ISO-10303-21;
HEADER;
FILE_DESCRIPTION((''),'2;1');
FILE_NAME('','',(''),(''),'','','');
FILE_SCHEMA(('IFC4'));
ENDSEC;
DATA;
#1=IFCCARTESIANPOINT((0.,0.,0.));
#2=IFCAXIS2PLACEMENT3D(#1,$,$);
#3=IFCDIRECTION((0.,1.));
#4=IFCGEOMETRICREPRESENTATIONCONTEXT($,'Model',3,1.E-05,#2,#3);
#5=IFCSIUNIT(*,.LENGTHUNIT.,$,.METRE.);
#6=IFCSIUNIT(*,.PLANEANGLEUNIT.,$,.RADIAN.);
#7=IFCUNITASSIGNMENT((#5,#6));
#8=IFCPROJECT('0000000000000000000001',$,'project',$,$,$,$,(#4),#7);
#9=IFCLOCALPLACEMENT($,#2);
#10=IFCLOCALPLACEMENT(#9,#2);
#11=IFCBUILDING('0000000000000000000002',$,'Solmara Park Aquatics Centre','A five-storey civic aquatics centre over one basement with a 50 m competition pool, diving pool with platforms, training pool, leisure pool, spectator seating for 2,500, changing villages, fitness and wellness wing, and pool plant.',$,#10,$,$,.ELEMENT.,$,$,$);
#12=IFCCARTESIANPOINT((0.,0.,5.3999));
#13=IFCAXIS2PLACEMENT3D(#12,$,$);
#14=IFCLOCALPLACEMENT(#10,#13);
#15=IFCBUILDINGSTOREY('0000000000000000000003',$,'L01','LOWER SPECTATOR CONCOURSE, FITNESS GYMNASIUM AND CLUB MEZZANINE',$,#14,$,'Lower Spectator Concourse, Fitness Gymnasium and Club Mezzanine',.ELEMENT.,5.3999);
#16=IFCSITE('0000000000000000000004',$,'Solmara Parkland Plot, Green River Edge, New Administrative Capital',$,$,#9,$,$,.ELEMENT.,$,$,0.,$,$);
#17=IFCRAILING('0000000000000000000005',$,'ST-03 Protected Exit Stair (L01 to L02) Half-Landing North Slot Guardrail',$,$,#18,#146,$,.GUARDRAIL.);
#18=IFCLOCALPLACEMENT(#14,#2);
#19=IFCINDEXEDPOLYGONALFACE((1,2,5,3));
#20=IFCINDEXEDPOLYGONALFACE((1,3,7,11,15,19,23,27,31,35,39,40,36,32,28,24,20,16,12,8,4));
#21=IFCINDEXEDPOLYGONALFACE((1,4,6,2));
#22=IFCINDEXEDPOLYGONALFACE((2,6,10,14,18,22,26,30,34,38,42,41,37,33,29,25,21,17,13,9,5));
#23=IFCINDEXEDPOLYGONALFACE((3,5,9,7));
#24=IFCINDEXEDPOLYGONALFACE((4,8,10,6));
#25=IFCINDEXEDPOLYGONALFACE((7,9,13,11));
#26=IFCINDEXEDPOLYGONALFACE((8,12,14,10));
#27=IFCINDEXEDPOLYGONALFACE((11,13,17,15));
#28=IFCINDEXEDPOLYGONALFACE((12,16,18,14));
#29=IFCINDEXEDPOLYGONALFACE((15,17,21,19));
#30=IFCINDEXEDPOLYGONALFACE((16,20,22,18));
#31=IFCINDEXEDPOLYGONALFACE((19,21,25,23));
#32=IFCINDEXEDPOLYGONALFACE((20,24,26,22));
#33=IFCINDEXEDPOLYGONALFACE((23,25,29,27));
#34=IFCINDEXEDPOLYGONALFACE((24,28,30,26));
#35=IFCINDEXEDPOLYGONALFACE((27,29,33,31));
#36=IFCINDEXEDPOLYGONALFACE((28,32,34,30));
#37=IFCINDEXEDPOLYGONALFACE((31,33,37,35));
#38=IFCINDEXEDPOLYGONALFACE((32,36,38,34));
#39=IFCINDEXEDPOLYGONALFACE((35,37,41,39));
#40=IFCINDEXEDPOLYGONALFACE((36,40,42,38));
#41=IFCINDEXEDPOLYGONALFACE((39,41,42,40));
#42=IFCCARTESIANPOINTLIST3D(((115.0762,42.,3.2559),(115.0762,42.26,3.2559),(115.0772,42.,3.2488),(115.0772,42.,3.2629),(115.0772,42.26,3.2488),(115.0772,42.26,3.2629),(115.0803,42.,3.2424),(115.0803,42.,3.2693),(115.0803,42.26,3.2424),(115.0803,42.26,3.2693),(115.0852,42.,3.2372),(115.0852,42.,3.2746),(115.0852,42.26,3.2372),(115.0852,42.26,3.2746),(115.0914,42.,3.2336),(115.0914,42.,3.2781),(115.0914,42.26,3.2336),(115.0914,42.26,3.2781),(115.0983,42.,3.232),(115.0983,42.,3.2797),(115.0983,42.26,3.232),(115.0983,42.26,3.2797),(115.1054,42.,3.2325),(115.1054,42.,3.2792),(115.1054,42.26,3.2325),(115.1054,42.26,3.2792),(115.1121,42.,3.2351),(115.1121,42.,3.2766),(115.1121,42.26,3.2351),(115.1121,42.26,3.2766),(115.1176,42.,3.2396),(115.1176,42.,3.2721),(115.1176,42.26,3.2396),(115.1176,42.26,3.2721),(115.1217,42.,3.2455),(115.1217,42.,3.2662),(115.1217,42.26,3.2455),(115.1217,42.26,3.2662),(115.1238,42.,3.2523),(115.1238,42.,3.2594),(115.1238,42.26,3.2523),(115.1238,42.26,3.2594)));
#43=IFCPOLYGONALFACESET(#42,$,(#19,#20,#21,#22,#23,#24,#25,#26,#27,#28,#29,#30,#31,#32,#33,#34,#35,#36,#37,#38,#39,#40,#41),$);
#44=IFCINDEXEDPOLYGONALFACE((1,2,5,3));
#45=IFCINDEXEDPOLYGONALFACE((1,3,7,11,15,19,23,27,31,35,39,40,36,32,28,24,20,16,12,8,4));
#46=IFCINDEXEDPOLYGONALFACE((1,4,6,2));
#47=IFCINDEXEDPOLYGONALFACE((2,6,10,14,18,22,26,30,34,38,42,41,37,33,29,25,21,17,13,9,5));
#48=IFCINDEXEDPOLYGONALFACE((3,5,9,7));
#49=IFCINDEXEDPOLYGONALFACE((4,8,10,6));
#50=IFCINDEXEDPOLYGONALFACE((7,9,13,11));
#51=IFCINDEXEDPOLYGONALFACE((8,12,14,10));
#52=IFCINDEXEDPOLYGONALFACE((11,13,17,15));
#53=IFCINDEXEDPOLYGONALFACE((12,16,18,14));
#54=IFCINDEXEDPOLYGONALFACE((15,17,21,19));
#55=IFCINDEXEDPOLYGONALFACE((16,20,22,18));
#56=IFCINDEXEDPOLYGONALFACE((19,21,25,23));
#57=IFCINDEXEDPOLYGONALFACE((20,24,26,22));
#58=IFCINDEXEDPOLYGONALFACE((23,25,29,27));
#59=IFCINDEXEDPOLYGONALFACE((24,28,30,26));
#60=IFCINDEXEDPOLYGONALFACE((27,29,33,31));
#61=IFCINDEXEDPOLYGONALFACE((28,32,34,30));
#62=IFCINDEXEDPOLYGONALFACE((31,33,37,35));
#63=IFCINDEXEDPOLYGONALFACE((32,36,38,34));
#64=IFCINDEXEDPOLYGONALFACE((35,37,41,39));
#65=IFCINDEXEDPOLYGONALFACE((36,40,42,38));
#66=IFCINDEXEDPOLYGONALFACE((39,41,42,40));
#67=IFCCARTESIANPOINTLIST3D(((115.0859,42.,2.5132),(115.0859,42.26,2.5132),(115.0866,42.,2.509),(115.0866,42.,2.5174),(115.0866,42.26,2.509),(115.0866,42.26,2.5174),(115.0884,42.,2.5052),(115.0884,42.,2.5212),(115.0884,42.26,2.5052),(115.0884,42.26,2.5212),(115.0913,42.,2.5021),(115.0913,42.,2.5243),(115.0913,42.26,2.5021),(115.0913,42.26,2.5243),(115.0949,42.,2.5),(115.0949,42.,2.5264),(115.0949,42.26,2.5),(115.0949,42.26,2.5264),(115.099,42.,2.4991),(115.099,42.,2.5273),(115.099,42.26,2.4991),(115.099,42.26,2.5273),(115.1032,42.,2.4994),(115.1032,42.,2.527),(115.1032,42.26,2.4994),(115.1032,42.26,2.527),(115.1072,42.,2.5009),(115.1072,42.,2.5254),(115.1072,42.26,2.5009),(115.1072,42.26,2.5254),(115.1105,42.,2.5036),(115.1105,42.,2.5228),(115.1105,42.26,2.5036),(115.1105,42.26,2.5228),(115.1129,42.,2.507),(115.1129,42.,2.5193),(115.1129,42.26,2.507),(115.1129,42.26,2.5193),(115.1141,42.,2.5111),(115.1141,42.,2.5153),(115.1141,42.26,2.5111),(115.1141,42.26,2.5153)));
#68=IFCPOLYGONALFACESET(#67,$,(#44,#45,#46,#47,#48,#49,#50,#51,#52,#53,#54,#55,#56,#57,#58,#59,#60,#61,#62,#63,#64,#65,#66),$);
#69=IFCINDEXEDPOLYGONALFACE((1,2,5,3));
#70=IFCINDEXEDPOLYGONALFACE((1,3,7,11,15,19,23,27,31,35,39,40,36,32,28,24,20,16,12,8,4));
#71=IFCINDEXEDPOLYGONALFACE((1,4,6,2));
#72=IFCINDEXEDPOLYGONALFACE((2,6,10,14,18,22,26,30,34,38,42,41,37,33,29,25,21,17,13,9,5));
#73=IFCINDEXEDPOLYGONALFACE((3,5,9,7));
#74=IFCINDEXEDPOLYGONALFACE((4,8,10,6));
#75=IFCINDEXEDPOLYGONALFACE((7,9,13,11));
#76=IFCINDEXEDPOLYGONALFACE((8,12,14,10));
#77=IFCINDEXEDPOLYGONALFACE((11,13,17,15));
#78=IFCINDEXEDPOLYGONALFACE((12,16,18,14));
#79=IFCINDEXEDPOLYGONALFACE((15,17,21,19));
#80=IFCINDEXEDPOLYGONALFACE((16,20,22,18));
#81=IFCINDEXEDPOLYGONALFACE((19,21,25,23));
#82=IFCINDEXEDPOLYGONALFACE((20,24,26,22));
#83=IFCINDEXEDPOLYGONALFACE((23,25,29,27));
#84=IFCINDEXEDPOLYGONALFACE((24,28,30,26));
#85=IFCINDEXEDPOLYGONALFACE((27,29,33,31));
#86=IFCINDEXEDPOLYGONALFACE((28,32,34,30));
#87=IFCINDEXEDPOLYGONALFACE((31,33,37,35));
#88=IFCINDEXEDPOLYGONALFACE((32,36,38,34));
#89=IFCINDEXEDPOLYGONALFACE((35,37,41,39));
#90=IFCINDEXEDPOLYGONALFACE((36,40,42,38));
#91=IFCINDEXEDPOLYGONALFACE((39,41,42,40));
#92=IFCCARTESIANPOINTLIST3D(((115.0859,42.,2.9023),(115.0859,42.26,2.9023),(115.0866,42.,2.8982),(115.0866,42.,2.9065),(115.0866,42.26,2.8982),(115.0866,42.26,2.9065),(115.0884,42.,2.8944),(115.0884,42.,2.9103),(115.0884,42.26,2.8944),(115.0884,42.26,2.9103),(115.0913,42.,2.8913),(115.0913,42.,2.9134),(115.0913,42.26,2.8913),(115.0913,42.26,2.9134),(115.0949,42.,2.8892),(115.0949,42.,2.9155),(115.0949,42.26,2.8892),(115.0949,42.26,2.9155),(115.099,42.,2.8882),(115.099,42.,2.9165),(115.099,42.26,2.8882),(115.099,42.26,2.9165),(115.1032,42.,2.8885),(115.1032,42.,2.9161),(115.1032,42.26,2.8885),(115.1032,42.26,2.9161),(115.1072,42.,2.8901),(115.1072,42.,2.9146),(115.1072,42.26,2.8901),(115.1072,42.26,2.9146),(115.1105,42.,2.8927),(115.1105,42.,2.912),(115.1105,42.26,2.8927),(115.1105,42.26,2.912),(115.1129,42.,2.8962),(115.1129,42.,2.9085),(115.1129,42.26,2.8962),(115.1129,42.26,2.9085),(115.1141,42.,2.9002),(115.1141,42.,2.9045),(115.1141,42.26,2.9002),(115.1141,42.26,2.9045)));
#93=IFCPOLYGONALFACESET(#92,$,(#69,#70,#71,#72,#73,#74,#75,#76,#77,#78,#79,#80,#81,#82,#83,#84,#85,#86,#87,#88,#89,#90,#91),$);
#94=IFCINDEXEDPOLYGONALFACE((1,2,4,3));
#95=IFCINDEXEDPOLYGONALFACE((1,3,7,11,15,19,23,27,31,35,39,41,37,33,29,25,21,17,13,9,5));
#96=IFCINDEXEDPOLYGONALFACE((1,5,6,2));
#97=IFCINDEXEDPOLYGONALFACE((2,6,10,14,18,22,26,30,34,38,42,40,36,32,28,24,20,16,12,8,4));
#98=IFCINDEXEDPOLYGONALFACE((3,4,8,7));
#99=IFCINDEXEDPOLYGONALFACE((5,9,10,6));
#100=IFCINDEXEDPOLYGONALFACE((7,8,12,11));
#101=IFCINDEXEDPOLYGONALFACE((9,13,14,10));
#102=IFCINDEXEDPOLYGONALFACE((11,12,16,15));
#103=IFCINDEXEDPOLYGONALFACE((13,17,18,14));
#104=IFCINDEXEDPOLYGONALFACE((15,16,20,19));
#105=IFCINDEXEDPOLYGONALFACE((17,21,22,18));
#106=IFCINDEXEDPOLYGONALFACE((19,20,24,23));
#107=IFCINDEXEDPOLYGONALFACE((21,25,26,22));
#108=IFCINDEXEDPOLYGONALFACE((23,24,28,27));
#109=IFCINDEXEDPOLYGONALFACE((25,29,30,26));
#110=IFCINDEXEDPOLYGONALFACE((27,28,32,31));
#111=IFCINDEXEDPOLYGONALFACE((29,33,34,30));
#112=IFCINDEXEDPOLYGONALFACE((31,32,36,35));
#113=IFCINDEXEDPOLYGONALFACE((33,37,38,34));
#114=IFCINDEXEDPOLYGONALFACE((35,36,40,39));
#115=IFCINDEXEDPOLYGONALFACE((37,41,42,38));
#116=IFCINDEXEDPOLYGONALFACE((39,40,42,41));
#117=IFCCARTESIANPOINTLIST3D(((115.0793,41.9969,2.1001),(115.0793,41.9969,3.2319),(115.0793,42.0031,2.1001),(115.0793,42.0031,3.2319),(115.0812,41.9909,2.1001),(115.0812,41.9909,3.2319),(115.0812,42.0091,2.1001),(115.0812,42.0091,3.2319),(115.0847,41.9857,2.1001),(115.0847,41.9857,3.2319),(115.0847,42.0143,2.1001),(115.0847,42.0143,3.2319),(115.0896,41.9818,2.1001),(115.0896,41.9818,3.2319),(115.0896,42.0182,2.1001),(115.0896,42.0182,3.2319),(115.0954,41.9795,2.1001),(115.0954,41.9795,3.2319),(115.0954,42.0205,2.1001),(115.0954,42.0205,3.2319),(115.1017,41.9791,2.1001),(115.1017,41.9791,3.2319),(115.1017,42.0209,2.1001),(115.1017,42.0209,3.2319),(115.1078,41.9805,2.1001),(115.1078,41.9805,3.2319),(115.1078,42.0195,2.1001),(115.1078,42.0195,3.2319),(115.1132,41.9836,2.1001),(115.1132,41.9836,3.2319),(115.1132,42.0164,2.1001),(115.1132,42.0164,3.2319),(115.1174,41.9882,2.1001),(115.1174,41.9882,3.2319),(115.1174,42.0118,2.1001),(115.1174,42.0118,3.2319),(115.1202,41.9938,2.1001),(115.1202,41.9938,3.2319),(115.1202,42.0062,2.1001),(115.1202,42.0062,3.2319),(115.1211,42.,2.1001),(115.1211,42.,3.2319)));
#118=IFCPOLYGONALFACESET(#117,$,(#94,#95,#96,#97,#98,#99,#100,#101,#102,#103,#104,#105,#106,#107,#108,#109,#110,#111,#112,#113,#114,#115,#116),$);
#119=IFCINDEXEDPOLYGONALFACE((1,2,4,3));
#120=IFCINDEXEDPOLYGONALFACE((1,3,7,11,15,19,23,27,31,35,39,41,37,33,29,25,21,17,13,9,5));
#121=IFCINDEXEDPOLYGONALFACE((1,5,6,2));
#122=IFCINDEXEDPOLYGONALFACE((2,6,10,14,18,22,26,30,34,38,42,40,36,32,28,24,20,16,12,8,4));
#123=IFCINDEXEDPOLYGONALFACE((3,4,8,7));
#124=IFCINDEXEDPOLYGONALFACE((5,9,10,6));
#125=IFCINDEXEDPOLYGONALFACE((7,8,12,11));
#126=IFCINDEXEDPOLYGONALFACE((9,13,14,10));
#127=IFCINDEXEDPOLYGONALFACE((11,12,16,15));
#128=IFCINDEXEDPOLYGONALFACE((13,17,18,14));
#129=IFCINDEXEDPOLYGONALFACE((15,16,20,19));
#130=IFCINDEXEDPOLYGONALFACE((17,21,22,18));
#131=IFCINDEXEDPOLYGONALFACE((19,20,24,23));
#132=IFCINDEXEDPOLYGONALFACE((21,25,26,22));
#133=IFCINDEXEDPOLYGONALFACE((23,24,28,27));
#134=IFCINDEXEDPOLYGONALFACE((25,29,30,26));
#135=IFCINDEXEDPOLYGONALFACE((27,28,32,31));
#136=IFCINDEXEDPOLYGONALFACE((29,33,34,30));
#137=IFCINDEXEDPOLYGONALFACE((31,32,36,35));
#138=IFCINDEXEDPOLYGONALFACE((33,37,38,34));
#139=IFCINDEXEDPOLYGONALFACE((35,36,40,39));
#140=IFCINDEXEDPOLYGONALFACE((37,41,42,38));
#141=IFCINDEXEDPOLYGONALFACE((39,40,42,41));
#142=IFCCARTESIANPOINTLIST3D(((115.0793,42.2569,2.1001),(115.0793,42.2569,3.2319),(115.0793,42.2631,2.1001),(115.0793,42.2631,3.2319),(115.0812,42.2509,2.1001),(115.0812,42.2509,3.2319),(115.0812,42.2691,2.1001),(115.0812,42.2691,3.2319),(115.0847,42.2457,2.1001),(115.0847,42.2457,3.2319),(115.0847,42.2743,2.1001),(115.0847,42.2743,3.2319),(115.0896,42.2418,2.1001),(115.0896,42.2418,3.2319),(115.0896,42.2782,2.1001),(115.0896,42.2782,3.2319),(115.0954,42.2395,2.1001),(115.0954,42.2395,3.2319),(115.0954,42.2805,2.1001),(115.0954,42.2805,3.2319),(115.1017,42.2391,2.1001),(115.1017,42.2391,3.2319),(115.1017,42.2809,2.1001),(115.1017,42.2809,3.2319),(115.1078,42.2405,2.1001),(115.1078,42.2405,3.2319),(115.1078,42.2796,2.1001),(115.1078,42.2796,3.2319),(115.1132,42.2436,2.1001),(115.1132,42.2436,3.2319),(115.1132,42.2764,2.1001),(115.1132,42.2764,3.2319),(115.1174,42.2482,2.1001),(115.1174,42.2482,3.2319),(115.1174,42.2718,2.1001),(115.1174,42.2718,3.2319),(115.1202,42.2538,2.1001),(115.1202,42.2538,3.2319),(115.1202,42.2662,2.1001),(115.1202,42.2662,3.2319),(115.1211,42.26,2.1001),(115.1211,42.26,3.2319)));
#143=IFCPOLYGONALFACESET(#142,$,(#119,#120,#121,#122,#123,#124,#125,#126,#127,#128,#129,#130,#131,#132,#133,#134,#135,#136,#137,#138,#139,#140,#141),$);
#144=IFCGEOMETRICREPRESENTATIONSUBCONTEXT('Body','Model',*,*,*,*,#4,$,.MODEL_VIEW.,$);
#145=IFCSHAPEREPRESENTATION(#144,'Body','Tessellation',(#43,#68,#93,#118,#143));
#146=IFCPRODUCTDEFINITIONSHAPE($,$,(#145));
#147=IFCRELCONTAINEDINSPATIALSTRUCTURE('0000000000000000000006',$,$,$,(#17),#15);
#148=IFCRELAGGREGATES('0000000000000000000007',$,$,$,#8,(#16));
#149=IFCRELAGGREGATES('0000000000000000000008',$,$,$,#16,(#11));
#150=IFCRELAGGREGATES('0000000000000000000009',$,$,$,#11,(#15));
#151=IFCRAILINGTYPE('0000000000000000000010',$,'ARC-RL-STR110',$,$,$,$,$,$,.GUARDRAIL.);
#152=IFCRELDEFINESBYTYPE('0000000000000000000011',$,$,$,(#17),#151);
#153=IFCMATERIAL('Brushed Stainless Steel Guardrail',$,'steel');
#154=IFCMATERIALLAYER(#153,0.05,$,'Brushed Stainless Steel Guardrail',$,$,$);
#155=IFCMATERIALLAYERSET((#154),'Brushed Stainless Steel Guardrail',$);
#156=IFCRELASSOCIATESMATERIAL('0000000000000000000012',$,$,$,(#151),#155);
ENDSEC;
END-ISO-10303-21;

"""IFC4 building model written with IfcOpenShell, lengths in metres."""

from ifc_helpers import new_model, si_unit, direction, frame, origin, origin_2d, place, context, subcontext, project, spatial, circle, extrude, material, layer, layer_set, type_object, element, save


model = new_model("IFC4")

# Units and contexts
model_context = context("Model", 3, precision=1e-05, world=origin(), true_north=direction((0.0, 1.0)))
body_context = subcontext(model_context, "Body", "Model", "MODEL_VIEW")
ifc_project = project(units=[si_unit("LENGTHUNIT", "METRE"), si_unit("PLANEANGLEUNIT", "RADIAN")], contexts=[model_context])

# Site, building, storey
site_placement = place(None, origin())
site = spatial("IfcSite", under=ifc_project, at=site_placement, Name="Solmara Parkland Plot, Green River Edge, New Administrative Capital", CompositionType="ELEMENT", RefElevation=0.0)
building_placement = place(site_placement, origin())
building = spatial("IfcBuilding", under=site, at=building_placement, Name="Solmara Park Aquatics Centre", Description="A five-storey civic aquatics centre over one basement with a 50 m competition pool, diving pool with platforms, training pool, leisure pool, spectator seating for 2,500, changing villages, fitness and wellness wing, and pool plant.", CompositionType="ELEMENT")
storey_placement = place(building_placement, frame((0.0, 0.0, 5.3999)))
storey = spatial("IfcBuildingStorey", under=building, at=storey_placement, Name="L01", Description="LOWER SPECTATOR CONCOURSE, FITNESS GYMNASIUM AND CLUB MEZZANINE", LongName="Lower Spectator Concourse, Fitness Gymnasium and Club Mezzanine", CompositionType="ELEMENT", Elevation=5.3999)

# Railing
ifc_material_1 = material(Name="Brushed Stainless Steel Guardrail", Category="steel")
ifc_layer_1 = layer(ifc_material_1, 0.05, Name="Brushed Stainless Steel Guardrail")
ifc_layer_set_1 = layer_set([ifc_layer_1], Name="Brushed Stainless Steel Guardrail")
railing_type_1 = type_object("IfcRailingType", Name="ARC-RL-STR110", PredefinedType="GUARDRAIL", material=ifc_layer_set_1)
railing_1_placement = place(storey_placement, frame((115.1001, 42.0, 2.1001)))
element("IfcRailing", 1, at=railing_1_placement, inside=storey, type_object=railing_type_1, Name="ST-03 Protected Exit Stair (L01 to L02) Half-Landing North Slot Guardrail", PredefinedType="GUARDRAIL", context=body_context, shape_type="SweptSolid", body=[
    extrude(circle(Radius=0.0239, at=origin_2d()), frame((0.0, 0.0, 1.1558), z_axis=(0.0, 1.0, 0.0), x_axis=(-1.0, 0.0, 0.0)), (0.0, 0.0, 1.0), 0.26),
    extrude(circle(Radius=0.0142, at=origin_2d()), frame((0.0, 0.0, 0.4131), z_axis=(0.0, 1.0, 0.0), x_axis=(-1.0, 0.0, 0.0)), (0.0, 0.0, 1.0), 0.26),
    extrude(circle(Radius=0.0142, at=origin_2d()), frame((0.0, 0.0, 0.8022), z_axis=(0.0, 1.0, 0.0), x_axis=(-1.0, 0.0, 0.0)), (0.0, 0.0, 1.0), 0.26),
    extrude(circle(Radius=0.021, at=origin_2d()), origin(), (0.0, 0.0, 1.0), 1.1318),
    extrude(circle(Radius=0.021, at=origin_2d()), frame((0.0, 0.26, 0.0)), (0.0, 0.0, 1.0), 1.1318),
])

save(model, "model.ifc")
